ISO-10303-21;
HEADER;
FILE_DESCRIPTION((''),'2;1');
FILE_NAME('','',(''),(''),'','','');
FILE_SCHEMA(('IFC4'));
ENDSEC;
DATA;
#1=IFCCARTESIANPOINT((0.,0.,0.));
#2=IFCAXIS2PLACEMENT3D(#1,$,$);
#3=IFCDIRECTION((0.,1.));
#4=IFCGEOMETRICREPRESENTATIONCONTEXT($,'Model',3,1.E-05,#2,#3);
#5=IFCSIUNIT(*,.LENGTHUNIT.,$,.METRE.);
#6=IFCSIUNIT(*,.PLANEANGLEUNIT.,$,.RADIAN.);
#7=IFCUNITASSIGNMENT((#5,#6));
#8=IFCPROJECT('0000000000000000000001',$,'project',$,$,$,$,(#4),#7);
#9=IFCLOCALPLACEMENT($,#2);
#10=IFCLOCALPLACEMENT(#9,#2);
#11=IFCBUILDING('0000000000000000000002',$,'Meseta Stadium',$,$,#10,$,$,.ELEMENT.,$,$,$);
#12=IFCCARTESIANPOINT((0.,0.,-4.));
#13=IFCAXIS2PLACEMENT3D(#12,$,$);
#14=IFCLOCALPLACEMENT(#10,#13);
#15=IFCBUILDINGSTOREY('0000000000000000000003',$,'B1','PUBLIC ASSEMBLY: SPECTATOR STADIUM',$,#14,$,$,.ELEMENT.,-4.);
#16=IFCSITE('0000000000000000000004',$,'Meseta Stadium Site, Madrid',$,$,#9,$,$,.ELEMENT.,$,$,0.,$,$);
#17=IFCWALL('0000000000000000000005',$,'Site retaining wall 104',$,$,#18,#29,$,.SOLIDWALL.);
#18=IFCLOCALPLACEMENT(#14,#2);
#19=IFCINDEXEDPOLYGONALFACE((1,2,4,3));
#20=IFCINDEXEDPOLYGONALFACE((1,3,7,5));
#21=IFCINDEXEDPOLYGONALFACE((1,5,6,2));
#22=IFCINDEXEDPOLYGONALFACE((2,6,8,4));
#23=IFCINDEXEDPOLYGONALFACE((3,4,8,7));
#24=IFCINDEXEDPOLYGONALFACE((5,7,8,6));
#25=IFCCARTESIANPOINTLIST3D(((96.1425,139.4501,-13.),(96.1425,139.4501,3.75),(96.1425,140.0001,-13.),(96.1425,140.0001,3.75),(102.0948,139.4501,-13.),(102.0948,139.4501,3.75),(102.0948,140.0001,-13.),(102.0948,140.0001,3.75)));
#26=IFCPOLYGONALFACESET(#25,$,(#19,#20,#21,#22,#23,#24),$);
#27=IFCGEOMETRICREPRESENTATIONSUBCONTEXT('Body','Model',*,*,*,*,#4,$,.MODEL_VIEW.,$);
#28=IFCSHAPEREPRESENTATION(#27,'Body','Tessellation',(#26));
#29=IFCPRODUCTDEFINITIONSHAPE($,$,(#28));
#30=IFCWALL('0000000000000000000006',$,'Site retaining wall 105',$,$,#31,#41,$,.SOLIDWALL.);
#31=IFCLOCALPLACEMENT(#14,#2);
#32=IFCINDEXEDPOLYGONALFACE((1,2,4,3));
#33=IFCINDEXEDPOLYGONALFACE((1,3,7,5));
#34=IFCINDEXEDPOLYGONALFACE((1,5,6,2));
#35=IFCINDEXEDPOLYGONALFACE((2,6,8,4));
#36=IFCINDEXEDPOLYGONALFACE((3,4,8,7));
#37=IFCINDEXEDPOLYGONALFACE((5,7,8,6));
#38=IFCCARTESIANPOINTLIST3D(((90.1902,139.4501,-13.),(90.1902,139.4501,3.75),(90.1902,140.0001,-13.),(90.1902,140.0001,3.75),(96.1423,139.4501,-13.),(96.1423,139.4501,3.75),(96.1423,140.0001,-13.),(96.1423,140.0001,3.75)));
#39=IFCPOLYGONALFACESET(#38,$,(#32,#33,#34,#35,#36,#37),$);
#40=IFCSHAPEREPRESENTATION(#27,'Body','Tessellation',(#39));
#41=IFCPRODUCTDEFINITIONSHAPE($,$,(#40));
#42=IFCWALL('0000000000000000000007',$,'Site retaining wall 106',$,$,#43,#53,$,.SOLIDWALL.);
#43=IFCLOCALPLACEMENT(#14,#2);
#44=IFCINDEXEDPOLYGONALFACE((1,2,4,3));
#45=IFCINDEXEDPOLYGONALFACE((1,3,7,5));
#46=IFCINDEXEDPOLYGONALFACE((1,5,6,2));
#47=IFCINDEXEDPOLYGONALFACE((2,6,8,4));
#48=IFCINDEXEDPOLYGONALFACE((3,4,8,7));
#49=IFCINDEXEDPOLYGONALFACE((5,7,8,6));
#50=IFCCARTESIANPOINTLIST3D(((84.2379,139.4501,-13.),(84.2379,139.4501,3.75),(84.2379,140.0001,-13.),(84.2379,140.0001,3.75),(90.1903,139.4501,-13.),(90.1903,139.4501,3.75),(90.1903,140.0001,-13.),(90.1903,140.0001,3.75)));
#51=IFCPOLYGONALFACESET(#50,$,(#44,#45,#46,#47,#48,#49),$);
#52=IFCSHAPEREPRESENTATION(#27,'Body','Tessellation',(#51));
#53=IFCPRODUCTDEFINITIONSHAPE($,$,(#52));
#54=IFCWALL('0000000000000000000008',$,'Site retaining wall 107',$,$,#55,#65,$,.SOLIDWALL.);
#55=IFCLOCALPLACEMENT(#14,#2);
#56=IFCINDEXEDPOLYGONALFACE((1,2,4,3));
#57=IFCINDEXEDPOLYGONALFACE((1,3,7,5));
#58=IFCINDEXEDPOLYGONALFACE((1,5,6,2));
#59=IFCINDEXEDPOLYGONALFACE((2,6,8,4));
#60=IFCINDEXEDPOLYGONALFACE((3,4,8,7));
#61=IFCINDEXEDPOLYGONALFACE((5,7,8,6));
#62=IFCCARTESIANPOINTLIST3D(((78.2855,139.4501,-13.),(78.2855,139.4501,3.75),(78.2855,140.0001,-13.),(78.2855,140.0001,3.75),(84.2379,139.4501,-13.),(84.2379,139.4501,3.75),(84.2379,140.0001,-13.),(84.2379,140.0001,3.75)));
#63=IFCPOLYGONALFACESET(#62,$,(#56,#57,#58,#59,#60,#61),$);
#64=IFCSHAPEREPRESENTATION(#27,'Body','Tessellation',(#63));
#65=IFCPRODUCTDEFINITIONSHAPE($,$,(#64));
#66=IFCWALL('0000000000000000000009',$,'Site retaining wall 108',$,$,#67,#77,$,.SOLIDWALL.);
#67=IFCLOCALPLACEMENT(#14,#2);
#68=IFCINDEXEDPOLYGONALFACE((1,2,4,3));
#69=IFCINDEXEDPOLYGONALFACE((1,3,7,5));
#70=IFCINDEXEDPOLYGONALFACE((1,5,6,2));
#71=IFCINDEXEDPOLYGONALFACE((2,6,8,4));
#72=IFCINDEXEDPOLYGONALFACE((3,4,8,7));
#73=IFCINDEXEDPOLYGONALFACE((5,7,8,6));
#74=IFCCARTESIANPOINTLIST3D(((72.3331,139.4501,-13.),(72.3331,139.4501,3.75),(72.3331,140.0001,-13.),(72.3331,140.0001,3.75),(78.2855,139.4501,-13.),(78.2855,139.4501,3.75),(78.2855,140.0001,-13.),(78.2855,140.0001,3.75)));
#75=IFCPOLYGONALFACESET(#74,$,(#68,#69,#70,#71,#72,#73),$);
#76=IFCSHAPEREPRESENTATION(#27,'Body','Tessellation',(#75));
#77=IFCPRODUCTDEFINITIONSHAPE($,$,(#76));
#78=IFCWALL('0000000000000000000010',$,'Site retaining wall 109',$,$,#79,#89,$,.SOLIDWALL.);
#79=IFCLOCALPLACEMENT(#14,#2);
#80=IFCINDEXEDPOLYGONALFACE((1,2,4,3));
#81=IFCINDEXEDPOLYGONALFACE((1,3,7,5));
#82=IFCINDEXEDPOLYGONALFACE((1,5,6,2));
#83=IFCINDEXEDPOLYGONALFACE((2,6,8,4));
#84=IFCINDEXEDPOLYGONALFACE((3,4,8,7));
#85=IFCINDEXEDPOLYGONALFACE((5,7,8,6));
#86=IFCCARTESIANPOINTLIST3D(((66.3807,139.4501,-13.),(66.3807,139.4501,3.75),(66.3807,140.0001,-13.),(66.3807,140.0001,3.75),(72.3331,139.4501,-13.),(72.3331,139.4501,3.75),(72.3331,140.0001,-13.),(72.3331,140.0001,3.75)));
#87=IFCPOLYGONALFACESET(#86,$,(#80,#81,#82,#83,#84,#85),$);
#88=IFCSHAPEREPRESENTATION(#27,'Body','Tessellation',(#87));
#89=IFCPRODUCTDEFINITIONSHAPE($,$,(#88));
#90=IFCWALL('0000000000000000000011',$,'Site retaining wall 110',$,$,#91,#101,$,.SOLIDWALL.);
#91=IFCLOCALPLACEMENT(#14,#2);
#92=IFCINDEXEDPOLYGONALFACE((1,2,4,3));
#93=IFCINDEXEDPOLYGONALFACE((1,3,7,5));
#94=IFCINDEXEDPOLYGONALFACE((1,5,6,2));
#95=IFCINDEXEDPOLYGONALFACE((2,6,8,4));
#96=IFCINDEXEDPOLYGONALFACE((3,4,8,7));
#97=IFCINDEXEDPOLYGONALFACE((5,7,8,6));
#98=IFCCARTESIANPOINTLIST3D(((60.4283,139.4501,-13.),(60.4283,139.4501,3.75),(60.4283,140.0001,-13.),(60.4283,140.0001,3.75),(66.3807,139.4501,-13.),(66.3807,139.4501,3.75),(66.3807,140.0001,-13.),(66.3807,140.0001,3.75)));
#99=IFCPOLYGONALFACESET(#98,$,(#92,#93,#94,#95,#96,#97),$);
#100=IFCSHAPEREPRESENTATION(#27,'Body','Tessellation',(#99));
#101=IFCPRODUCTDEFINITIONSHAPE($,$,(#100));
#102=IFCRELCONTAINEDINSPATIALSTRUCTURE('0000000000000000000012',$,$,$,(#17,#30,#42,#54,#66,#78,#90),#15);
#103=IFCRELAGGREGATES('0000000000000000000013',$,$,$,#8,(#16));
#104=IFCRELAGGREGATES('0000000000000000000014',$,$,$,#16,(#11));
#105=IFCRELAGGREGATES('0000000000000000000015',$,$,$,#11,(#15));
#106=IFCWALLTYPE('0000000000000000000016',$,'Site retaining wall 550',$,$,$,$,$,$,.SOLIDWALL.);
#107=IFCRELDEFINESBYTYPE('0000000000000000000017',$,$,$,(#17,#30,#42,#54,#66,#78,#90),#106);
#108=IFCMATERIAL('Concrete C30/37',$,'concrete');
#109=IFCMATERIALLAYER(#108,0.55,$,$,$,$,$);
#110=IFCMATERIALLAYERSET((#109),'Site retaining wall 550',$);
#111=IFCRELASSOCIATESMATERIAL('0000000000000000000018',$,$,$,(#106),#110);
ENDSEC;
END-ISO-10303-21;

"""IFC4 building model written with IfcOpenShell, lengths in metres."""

from ifc_helpers import new_model, si_unit, direction, frame, frame_2d, origin, place, context, subcontext, project, spatial, rectangle, extrude, material, layer, layer_set, type_object, element, save


model = new_model("IFC4")

# Units and contexts
model_context = context("Model", 3, precision=1e-05, world=origin(), true_north=direction((0.0, 1.0)))
body_context = subcontext(model_context, "Body", "Model", "MODEL_VIEW")
ifc_project = project(units=[si_unit("LENGTHUNIT", "METRE"), si_unit("PLANEANGLEUNIT", "RADIAN")], contexts=[model_context])

# Site, building, storey
site_placement = place(None, origin())
site = spatial("IfcSite", under=ifc_project, at=site_placement, Name="Meseta Stadium Site, Madrid", CompositionType="ELEMENT", RefElevation=0.0)
building_placement = place(site_placement, origin())
building = spatial("IfcBuilding", under=site, at=building_placement, Name="Meseta Stadium", CompositionType="ELEMENT")
storey_placement = place(building_placement, frame((0.0, 0.0, -4.0)))
storey = spatial("IfcBuildingStorey", under=building, at=storey_placement, Name="B1", Description="PUBLIC ASSEMBLY: SPECTATOR STADIUM", CompositionType="ELEMENT", Elevation=-4.0)

# Walls
ifc_material_1 = material(Name="Concrete C30/37", Category="concrete")
ifc_layer_1 = layer(ifc_material_1, 0.55)
ifc_layer_set_1 = layer_set([ifc_layer_1], Name="Site retaining wall 550")
wall_type_1 = type_object("IfcWallType", Name="Site retaining wall 550", PredefinedType="SOLIDWALL", material=ifc_layer_set_1)
for number, where, z_axis, x_axis, name in (
    (1, (102.0947, 139.7251, -13.0), (0.0, 0.0, 1.0), (-1.0, 0.0, 0.0), "Site retaining wall 104"),
):
    element("IfcWall", number, at=place(storey_placement, frame(where, z_axis=z_axis, x_axis=x_axis)), inside=storey, type_object=wall_type_1, Name=name, PredefinedType="SOLIDWALL", context=body_context, shape_type="SweptSolid", body=[
        extrude(rectangle(XDim=5.9524, YDim=0.55, at=frame_2d((2.9761, 0.0))), origin(), (0.0, 0.0, 1.0), 16.75),
    ])
wall_1_placement = place(storey_placement, frame((96.1423, 139.7251, -13.0), z_axis=(0.0, 0.0, 1.0), x_axis=(-1.0, 0.0, 0.0)))
element("IfcWall", 2, at=wall_1_placement, inside=storey, type_object=wall_type_1, Name="Site retaining wall 105", PredefinedType="SOLIDWALL", context=body_context, shape_type="SweptSolid", body=[
    extrude(rectangle(XDim=5.9521, YDim=0.55, at=frame_2d((2.9761, 0.0))), origin(), (0.0, 0.0, 1.0), 16.75),
])
for number, where, z_axis, x_axis, name in (
    (3, (90.1902, 139.7251, -13.0), (0.0, 0.0, 1.0), (-1.0, 0.0, 0.0), "Site retaining wall 106"),
    (4, (84.2378, 139.7251, -13.0), (0.0, 0.0, 1.0), (-1.0, 0.0, 0.0), "Site retaining wall 107"),
    (5, (78.2854, 139.7251, -13.0), (0.0, 0.0, 1.0), (-1.0, 0.0, 0.0), "Site retaining wall 108"),
    (6, (72.333, 139.7251, -13.0), (0.0, 0.0, 1.0), (-1.0, 0.0, 0.0), "Site retaining wall 109"),
    (7, (66.3806, 139.7251, -13.0), (0.0, 0.0, 1.0), (-1.0, 0.0, 0.0), "Site retaining wall 110"),
):
    element("IfcWall", number, at=place(storey_placement, frame(where, z_axis=z_axis, x_axis=x_axis)), inside=storey, type_object=wall_type_1, Name=name, PredefinedType="SOLIDWALL", context=body_context, shape_type="SweptSolid", body=[
        extrude(rectangle(XDim=5.9524, YDim=0.55, at=frame_2d((2.9761, 0.0))), origin(), (0.0, 0.0, 1.0), 16.75),
    ])

save(model, "model.ifc")
